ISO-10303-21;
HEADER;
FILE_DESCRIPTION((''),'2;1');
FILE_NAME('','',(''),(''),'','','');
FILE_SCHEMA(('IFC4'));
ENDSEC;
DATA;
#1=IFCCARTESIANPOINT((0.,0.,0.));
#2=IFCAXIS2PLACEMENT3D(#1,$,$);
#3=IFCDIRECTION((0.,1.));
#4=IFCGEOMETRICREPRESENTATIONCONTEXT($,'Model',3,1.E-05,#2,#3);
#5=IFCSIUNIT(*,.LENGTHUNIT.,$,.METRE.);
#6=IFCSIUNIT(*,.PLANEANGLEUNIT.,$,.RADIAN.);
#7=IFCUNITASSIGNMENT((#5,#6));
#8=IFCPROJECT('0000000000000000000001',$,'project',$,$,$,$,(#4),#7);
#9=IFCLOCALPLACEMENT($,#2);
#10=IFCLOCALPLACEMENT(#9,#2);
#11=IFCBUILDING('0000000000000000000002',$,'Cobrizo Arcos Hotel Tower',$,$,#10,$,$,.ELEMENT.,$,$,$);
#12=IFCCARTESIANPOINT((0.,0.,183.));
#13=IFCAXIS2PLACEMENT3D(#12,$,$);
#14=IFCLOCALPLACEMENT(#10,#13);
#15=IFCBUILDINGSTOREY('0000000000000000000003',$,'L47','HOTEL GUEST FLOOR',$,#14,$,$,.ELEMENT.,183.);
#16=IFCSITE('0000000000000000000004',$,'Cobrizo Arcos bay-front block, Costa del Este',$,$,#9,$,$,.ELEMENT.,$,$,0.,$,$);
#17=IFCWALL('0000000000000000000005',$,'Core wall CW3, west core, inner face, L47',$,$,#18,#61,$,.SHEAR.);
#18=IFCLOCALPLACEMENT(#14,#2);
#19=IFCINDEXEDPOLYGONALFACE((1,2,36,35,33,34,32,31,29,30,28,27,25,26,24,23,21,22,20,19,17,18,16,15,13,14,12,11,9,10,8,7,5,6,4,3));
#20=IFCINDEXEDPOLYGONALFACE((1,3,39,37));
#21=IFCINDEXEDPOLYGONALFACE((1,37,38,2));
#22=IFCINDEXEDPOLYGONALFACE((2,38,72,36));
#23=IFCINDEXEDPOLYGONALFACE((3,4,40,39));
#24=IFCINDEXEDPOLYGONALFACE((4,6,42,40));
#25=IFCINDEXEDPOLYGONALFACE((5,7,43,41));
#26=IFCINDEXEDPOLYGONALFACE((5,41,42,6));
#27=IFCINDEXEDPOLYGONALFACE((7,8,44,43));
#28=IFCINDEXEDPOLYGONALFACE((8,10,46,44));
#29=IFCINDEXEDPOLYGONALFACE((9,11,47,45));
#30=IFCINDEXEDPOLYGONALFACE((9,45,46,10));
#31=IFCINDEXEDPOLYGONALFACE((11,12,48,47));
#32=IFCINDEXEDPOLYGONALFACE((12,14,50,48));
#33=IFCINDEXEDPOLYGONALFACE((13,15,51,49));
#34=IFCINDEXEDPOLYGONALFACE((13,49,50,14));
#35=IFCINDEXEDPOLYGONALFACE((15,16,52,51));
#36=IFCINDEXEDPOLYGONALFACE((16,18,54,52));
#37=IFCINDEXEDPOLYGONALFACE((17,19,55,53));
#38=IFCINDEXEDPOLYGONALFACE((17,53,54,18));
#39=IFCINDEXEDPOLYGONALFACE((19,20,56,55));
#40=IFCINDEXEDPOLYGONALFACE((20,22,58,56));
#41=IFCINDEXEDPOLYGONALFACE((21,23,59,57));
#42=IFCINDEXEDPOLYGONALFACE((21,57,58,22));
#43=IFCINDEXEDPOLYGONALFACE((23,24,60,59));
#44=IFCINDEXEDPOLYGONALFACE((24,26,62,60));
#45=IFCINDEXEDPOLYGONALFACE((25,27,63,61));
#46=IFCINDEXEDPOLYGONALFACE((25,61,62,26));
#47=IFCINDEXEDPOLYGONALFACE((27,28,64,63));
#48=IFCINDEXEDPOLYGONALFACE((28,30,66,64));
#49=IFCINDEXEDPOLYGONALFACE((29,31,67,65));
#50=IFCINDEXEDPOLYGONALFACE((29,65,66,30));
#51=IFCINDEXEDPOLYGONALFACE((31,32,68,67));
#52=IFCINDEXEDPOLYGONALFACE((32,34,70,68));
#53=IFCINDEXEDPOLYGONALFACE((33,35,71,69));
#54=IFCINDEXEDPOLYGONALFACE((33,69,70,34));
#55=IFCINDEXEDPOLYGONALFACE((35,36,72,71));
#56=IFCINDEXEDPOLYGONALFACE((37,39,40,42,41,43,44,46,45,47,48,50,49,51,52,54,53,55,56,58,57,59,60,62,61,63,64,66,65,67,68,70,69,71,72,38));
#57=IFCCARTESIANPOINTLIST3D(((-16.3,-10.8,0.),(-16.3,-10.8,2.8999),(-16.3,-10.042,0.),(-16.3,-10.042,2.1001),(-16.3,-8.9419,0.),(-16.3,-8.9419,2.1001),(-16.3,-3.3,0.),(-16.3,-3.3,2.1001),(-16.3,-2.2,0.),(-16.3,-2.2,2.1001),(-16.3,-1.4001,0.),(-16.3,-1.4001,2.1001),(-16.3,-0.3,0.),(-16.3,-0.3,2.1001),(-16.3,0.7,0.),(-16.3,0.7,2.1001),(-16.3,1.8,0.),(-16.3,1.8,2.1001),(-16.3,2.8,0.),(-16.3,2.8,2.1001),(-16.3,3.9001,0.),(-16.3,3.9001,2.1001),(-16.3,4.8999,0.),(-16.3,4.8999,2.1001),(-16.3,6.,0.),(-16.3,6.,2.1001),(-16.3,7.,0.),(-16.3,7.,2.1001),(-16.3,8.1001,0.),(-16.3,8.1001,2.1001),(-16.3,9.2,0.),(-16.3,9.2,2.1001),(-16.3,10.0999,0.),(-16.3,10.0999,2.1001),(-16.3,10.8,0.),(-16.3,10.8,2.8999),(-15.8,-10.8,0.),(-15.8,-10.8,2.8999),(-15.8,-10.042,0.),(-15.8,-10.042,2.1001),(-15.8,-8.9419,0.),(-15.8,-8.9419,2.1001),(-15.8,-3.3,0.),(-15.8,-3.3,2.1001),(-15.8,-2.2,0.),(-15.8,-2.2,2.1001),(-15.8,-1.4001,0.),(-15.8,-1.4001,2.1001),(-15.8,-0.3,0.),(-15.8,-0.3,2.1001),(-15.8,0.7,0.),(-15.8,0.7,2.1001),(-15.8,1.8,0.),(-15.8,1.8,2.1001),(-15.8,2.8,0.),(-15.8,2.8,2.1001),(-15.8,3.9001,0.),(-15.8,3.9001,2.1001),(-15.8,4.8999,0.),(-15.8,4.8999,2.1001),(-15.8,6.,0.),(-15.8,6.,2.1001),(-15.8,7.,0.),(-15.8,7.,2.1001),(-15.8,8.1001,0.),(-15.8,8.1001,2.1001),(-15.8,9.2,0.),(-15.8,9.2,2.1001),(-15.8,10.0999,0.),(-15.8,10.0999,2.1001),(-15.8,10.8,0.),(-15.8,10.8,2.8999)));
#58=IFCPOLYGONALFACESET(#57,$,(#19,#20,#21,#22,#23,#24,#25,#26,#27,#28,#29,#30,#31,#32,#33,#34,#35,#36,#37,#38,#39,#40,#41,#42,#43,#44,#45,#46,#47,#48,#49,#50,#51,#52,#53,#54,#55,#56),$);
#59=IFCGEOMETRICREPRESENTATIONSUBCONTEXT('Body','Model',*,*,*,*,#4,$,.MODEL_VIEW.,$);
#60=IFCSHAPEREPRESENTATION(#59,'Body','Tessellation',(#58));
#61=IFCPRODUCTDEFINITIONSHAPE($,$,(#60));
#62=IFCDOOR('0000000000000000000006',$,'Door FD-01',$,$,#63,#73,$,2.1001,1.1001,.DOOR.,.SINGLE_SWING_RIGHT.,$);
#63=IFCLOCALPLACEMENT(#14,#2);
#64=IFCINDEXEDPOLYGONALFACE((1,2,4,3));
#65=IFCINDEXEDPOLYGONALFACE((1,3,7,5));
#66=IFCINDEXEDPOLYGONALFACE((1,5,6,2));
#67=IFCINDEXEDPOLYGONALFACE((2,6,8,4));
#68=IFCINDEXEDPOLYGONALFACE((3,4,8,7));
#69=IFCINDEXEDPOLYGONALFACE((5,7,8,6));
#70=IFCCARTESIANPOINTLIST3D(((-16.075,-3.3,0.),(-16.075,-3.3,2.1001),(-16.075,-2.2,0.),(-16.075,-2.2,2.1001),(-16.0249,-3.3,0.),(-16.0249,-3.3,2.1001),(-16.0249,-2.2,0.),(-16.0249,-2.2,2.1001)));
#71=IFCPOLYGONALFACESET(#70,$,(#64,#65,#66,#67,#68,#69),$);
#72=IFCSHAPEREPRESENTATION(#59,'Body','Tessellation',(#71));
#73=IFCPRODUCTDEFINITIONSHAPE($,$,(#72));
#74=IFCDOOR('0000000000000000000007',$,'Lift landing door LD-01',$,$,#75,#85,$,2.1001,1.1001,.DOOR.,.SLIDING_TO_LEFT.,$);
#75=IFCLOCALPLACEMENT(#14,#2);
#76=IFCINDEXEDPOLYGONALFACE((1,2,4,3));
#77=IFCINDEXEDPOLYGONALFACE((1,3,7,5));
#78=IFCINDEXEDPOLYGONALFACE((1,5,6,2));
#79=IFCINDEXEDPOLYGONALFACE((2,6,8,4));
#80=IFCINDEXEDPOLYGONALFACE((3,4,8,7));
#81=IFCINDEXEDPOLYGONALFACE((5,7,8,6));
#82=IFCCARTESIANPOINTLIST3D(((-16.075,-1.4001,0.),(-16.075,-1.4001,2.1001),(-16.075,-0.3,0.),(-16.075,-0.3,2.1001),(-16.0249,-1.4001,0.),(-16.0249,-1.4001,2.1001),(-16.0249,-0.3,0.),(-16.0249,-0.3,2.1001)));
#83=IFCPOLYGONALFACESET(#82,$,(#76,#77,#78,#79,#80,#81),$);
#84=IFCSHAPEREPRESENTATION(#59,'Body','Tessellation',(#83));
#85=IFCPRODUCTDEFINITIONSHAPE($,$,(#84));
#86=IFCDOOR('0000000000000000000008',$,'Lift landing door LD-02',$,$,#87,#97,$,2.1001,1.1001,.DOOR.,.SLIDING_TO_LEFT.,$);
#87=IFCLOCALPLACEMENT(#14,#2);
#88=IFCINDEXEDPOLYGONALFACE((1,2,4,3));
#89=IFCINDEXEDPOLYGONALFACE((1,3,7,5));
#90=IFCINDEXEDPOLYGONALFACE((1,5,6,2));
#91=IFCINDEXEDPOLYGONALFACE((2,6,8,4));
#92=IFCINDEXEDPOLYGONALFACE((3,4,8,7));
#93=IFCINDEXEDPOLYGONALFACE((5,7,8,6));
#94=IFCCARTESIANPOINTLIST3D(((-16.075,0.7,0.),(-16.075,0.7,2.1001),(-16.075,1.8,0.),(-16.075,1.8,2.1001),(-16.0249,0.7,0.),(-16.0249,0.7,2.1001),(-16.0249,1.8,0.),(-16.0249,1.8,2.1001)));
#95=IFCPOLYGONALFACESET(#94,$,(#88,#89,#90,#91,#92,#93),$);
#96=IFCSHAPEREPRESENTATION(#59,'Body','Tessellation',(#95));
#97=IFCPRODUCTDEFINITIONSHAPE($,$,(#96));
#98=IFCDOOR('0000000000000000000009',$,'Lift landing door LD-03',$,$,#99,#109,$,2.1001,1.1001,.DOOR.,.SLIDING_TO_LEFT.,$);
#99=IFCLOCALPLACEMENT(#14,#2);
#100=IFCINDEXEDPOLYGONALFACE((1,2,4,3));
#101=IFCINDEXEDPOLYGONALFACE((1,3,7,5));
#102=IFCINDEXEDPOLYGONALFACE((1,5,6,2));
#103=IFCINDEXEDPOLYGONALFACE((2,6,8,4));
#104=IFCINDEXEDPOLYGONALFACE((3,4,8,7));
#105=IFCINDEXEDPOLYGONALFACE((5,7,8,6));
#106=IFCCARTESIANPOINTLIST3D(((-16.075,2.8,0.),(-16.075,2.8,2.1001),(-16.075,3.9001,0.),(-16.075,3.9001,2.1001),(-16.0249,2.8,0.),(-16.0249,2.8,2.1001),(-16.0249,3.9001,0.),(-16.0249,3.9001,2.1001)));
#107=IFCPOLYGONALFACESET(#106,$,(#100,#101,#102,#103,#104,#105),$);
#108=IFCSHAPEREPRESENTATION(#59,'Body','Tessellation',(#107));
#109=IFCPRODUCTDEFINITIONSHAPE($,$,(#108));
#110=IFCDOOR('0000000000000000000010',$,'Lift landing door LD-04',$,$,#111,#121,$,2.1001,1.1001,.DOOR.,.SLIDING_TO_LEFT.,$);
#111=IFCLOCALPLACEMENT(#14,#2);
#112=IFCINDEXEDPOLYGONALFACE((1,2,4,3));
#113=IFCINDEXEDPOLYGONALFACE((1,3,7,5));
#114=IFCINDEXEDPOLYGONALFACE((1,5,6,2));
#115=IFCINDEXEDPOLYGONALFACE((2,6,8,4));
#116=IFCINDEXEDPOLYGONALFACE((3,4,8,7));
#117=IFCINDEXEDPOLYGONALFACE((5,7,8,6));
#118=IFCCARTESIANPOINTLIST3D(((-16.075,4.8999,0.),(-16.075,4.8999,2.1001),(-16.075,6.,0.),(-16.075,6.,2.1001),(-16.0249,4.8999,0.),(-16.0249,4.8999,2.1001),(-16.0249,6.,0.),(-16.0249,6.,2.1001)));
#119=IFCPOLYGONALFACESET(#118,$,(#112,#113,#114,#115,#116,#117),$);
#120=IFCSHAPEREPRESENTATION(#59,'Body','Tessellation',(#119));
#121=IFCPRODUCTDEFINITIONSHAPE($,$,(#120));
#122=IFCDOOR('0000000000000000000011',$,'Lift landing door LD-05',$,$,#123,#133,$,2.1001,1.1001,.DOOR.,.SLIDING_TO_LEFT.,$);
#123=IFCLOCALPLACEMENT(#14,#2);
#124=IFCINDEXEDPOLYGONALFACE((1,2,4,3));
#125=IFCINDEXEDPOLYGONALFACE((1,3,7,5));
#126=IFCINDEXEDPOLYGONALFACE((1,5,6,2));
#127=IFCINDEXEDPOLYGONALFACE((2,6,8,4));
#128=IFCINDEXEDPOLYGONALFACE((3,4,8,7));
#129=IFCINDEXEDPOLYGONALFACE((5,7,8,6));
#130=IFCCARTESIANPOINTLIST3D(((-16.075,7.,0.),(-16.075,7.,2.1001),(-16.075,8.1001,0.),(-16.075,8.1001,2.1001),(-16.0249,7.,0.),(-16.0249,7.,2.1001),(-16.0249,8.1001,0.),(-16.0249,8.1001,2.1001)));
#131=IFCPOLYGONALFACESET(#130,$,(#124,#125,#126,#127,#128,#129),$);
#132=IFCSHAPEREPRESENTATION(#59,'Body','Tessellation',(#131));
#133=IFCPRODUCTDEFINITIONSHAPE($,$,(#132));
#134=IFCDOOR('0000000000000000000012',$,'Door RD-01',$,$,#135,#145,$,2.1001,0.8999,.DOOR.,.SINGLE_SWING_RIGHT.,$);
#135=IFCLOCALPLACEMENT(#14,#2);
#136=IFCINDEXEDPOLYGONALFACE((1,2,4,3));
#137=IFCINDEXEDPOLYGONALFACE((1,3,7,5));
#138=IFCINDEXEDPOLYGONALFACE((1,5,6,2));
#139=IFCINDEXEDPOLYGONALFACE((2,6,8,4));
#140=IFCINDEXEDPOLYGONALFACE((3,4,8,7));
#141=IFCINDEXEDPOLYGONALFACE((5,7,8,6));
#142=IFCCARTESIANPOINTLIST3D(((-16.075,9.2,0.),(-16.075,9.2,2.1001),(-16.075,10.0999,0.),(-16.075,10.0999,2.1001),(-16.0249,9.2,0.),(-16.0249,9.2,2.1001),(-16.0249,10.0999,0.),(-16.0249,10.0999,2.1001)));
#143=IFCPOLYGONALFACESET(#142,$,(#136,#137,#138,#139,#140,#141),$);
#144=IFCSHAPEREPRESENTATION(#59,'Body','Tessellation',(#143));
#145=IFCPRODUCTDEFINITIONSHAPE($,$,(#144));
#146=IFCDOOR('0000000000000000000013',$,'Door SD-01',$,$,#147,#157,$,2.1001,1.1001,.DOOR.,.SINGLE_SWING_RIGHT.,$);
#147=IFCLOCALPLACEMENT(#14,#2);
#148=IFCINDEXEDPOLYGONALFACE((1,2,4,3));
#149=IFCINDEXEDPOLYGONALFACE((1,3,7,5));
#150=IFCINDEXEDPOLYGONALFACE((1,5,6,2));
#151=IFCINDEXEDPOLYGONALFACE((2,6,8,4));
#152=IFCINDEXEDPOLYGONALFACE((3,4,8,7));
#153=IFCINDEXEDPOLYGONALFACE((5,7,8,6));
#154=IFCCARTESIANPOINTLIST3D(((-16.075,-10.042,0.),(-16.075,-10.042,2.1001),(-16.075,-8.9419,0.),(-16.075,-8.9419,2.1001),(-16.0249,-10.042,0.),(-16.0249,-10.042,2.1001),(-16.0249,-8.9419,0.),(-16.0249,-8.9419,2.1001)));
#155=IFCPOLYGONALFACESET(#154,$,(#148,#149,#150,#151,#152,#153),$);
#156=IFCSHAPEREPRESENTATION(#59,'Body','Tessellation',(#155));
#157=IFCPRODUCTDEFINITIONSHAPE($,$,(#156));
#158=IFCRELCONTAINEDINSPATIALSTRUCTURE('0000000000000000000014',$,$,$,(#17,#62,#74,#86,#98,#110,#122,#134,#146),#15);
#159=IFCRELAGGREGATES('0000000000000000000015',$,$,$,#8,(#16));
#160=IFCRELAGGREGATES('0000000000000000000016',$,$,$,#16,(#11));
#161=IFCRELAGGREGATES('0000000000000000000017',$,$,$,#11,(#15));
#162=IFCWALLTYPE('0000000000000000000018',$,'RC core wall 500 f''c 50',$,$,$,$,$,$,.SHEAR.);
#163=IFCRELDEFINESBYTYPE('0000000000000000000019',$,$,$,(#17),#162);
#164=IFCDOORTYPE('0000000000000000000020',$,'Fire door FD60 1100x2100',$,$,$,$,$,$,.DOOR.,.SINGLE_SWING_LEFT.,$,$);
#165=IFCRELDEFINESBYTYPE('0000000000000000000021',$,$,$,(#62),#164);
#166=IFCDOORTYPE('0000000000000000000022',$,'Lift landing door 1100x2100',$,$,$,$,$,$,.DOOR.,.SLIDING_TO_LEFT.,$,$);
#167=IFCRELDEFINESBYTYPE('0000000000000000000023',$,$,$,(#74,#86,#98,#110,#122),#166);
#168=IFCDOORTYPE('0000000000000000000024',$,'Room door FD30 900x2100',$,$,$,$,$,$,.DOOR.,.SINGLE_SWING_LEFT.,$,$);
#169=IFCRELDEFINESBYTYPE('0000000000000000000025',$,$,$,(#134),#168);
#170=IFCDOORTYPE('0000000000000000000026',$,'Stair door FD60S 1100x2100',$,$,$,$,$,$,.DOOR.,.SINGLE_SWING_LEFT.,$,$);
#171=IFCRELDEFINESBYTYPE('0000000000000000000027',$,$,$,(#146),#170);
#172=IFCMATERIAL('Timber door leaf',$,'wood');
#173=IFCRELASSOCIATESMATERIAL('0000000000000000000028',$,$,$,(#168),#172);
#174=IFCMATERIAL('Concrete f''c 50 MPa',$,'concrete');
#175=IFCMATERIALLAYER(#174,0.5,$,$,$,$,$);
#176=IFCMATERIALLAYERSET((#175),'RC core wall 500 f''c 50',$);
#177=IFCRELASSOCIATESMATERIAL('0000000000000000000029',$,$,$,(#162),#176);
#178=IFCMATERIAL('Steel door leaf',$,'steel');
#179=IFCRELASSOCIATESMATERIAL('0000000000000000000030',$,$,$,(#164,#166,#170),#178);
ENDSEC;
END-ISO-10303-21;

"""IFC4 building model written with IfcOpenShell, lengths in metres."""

from ifc_helpers import new_model, si_unit, direction, frame, frame_2d, origin, place, context, subcontext, project, spatial, rectangle, extrude, material, layer, layer_set, type_object, element, fill, save


model = new_model("IFC4")

# Units and contexts
model_context = context("Model", 3, precision=1e-05, world=origin(), true_north=direction((0.0, 1.0)))
body_context = subcontext(model_context, "Body", "Model", "MODEL_VIEW")
ifc_project = project(units=[si_unit("LENGTHUNIT", "METRE"), si_unit("PLANEANGLEUNIT", "RADIAN")], contexts=[model_context])

# Site, building, storey
site_placement = place(None, origin())
site = spatial("IfcSite", under=ifc_project, at=site_placement, Name="Cobrizo Arcos bay-front block, Costa del Este", CompositionType="ELEMENT", RefElevation=0.0)
building_placement = place(site_placement, origin())
building = spatial("IfcBuilding", under=site, at=building_placement, Name="Cobrizo Arcos Hotel Tower", CompositionType="ELEMENT")
storey_placement = place(building_placement, frame((0.0, 0.0, 183.0)))
storey = spatial("IfcBuildingStorey", under=building, at=storey_placement, Name="L47", Description="HOTEL GUEST FLOOR", CompositionType="ELEMENT", Elevation=183.0)

# Shared definitions
ifc_material_1 = material(Name="Timber door leaf", Category="wood")
door_type_1 = type_object("IfcDoorType", Name="Room door FD30 900x2100", OperationType="SINGLE_SWING_LEFT", PredefinedType="DOOR", material=ifc_material_1)

# Wall, openings, doors
ifc_material_2 = material(Name="Concrete f'c 50 MPa", Category="concrete")
ifc_layer_1 = layer(ifc_material_2, 0.5)
ifc_layer_set_1 = layer_set([ifc_layer_1], Name="RC core wall 500 f'c 50")
wall_type_1 = type_object("IfcWallType", Name="RC core wall 500 f'c 50", PredefinedType="SHEAR", material=ifc_layer_set_1)
wall_1_placement = place(storey_placement, frame((-16.05, -10.8, 0.0), z_axis=(0.0, 0.0, 1.0), x_axis=(0.0, 1.0, 0.0)))
wall_1 = element("IfcWall", 1, at=wall_1_placement, inside=storey, type_object=wall_type_1, Name="Core wall CW3, west core, inner face, L47", PredefinedType="SHEAR", context=body_context, shape_type="SweptSolid", body=[
    extrude(rectangle(XDim=21.6001, YDim=0.5, at=frame_2d((10.8, 0.0))), origin(), (0.0, 0.0, 1.0), 2.8999),
])
opening_1_placement = place(wall_1_placement, frame((9.3999, 0.0, 0.0)))
opening_1 = element("IfcOpeningElement", 2, at=opening_1_placement, cuts=wall_1, PredefinedType="OPENING", context=body_context, shape_type="SweptSolid", body=[
    extrude(rectangle(XDim=1.1001, YDim=2.1001, at=frame_2d((0.55, 1.05))), frame((0.0, 0.262, 0.0), z_axis=(0.0, -1.0, 0.0), x_axis=(1.0, 0.0, 0.0)), (0.0, 0.0, 1.0), 0.5239),
])
opening_2_placement = place(wall_1_placement, frame((11.5, 0.0, 0.0)))
opening_2 = element("IfcOpeningElement", 3, at=opening_2_placement, cuts=wall_1, PredefinedType="OPENING", context=body_context, shape_type="SweptSolid", body=[
    extrude(rectangle(XDim=1.1001, YDim=2.1001, at=frame_2d((0.55, 1.05))), frame((0.0, 0.262, 0.0), z_axis=(0.0, -1.0, 0.0), x_axis=(1.0, 0.0, 0.0)), (0.0, 0.0, 1.0), 0.5239),
])
opening_3_placement = place(wall_1_placement, frame((13.6001, 0.0, 0.0)))
opening_3 = element("IfcOpeningElement", 4, at=opening_3_placement, cuts=wall_1, PredefinedType="OPENING", context=body_context, shape_type="SweptSolid", body=[
    extrude(rectangle(XDim=1.1001, YDim=2.1001, at=frame_2d((0.55, 1.05))), frame((0.0, 0.262, 0.0), z_axis=(0.0, -1.0, 0.0), x_axis=(1.0, 0.0, 0.0)), (0.0, 0.0, 1.0), 0.5239),
])
opening_4_placement = place(wall_1_placement, frame((15.7, 0.0, 0.0)))
opening_4 = element("IfcOpeningElement", 5, at=opening_4_placement, cuts=wall_1, PredefinedType="OPENING", context=body_context, shape_type="SweptSolid", body=[
    extrude(rectangle(XDim=1.1001, YDim=2.1001, at=frame_2d((0.55, 1.05))), frame((0.0, 0.262, 0.0), z_axis=(0.0, -1.0, 0.0), x_axis=(1.0, 0.0, 0.0)), (0.0, 0.0, 1.0), 0.5239),
])
opening_5_placement = place(wall_1_placement, frame((17.8, 0.0, 0.0)))
opening_5 = element("IfcOpeningElement", 6, at=opening_5_placement, cuts=wall_1, PredefinedType="OPENING", context=body_context, shape_type="SweptSolid", body=[
    extrude(rectangle(XDim=1.1001, YDim=2.1001, at=frame_2d((0.55, 1.05))), frame((0.0, 0.262, 0.0), z_axis=(0.0, -1.0, 0.0), x_axis=(1.0, 0.0, 0.0)), (0.0, 0.0, 1.0), 0.5239),
])
opening_6_placement = place(wall_1_placement, frame((0.7581, 0.0, 0.0)))
opening_6 = element("IfcOpeningElement", 7, at=opening_6_placement, cuts=wall_1, PredefinedType="OPENING", context=body_context, shape_type="SweptSolid", body=[
    extrude(rectangle(XDim=1.1001, YDim=2.1001, at=frame_2d((0.55, 1.05))), frame((0.0, 0.262, 0.0), z_axis=(0.0, -1.0, 0.0), x_axis=(1.0, 0.0, 0.0)), (0.0, 0.0, 1.0), 0.5239),
])
opening_7_placement = place(wall_1_placement, frame((7.5, 0.0, 0.0)))
opening_7 = element("IfcOpeningElement", 8, at=opening_7_placement, cuts=wall_1, PredefinedType="OPENING", context=body_context, shape_type="SweptSolid", body=[
    extrude(rectangle(XDim=1.1001, YDim=2.1001, at=frame_2d((0.55, 1.05))), frame((0.0, 0.262, 0.0), z_axis=(0.0, -1.0, 0.0), x_axis=(1.0, 0.0, 0.0)), (0.0, 0.0, 1.0), 0.5239),
])
opening_8_placement = place(wall_1_placement, frame((20.0, 0.0, 0.0)))
opening_8 = element("IfcOpeningElement", 9, at=opening_8_placement, cuts=wall_1, PredefinedType="OPENING", context=body_context, shape_type="SweptSolid", body=[
    extrude(rectangle(XDim=0.8999, YDim=2.1001, at=frame_2d((0.45, 1.05))), frame((0.0, 0.262, 0.0), z_axis=(0.0, -1.0, 0.0), x_axis=(1.0, 0.0, 0.0)), (0.0, 0.0, 1.0), 0.5239),
])
ifc_material_3 = material(Name="Steel door leaf", Category="steel")
door_type_2 = type_object("IfcDoorType", Name="Fire door FD60 1100x2100", OperationType="SINGLE_SWING_LEFT", PredefinedType="DOOR", material=ifc_material_3)
door_1_placement = place(opening_7_placement, origin())
door_1 = element("IfcDoor", 10, at=door_1_placement, inside=storey, type_object=door_type_2, Name="Door FD-01", OperationType="SINGLE_SWING_RIGHT", OverallHeight=2.1001, OverallWidth=1.1001, PredefinedType="DOOR", context=body_context, shape_type="SweptSolid", body=[
    extrude(rectangle(XDim=1.1001, YDim=2.1001, at=frame_2d((0.55, 1.05))), frame((0.0, 0.0249, 0.0), z_axis=(0.0, -1.0, 0.0), x_axis=(1.0, 0.0, 0.0)), (0.0, 0.0, 1.0), 0.05),
])
fill(opening_7, door_1)
door_type_3 = type_object("IfcDoorType", Name="Lift landing door 1100x2100", OperationType="SLIDING_TO_LEFT", PredefinedType="DOOR", material=ifc_material_3)
door_2_placement = place(opening_1_placement, origin())
door_2 = element("IfcDoor", 11, at=door_2_placement, inside=storey, type_object=door_type_3, Name="Lift landing door LD-01", OperationType="SLIDING_TO_LEFT", OverallHeight=2.1001, OverallWidth=1.1001, PredefinedType="DOOR", context=body_context, shape_type="SweptSolid", body=[
    extrude(rectangle(XDim=1.1001, YDim=2.1001, at=frame_2d((0.55, 1.05))), frame((0.0, 0.0249, 0.0), z_axis=(0.0, -1.0, 0.0), x_axis=(1.0, 0.0, 0.0)), (0.0, 0.0, 1.0), 0.05),
])
fill(opening_1, door_2)
door_3_placement = place(opening_2_placement, origin())
door_3 = element("IfcDoor", 12, at=door_3_placement, inside=storey, type_object=door_type_3, Name="Lift landing door LD-02", OperationType="SLIDING_TO_LEFT", OverallHeight=2.1001, OverallWidth=1.1001, PredefinedType="DOOR", context=body_context, shape_type="SweptSolid", body=[
    extrude(rectangle(XDim=1.1001, YDim=2.1001, at=frame_2d((0.55, 1.05))), frame((0.0, 0.0249, 0.0), z_axis=(0.0, -1.0, 0.0), x_axis=(1.0, 0.0, 0.0)), (0.0, 0.0, 1.0), 0.05),
])
fill(opening_2, door_3)
door_4_placement = place(opening_3_placement, origin())
door_4 = element("IfcDoor", 13, at=door_4_placement, inside=storey, type_object=door_type_3, Name="Lift landing door LD-03", OperationType="SLIDING_TO_LEFT", OverallHeight=2.1001, OverallWidth=1.1001, PredefinedType="DOOR", context=body_context, shape_type="SweptSolid", body=[
    extrude(rectangle(XDim=1.1001, YDim=2.1001, at=frame_2d((0.55, 1.05))), frame((0.0, 0.0249, 0.0), z_axis=(0.0, -1.0, 0.0), x_axis=(1.0, 0.0, 0.0)), (0.0, 0.0, 1.0), 0.05),
])
fill(opening_3, door_4)
door_5_placement = place(opening_4_placement, origin())
door_5 = element("IfcDoor", 14, at=door_5_placement, inside=storey, type_object=door_type_3, Name="Lift landing door LD-04", OperationType="SLIDING_TO_LEFT", OverallHeight=2.1001, OverallWidth=1.1001, PredefinedType="DOOR", context=body_context, shape_type="SweptSolid", body=[
    extrude(rectangle(XDim=1.1001, YDim=2.1001, at=frame_2d((0.55, 1.05))), frame((0.0, 0.0249, 0.0), z_axis=(0.0, -1.0, 0.0), x_axis=(1.0, 0.0, 0.0)), (0.0, 0.0, 1.0), 0.05),
])
fill(opening_4, door_5)
door_6_placement = place(opening_5_placement, origin())
door_6 = element("IfcDoor", 15, at=door_6_placement, inside=storey, type_object=door_type_3, Name="Lift landing door LD-05", OperationType="SLIDING_TO_LEFT", OverallHeight=2.1001, OverallWidth=1.1001, PredefinedType="DOOR", context=body_context, shape_type="SweptSolid", body=[
    extrude(rectangle(XDim=1.1001, YDim=2.1001, at=frame_2d((0.55, 1.05))), frame((0.0, 0.0249, 0.0), z_axis=(0.0, -1.0, 0.0), x_axis=(1.0, 0.0, 0.0)), (0.0, 0.0, 1.0), 0.05),
])
fill(opening_5, door_6)
door_7_placement = place(opening_8_placement, origin())
door_7 = element("IfcDoor", 16, at=door_7_placement, inside=storey, type_object=door_type_1, Name="Door RD-01", OperationType="SINGLE_SWING_RIGHT", OverallHeight=2.1001, OverallWidth=0.8999, PredefinedType="DOOR", context=body_context, shape_type="SweptSolid", body=[
    extrude(rectangle(XDim=0.8999, YDim=2.1001, at=frame_2d((0.45, 1.05))), frame((0.0, 0.0249, 0.0), z_axis=(0.0, -1.0, 0.0), x_axis=(1.0, 0.0, 0.0)), (0.0, 0.0, 1.0), 0.05),
])
fill(opening_8, door_7)
door_type_4 = type_object("IfcDoorType", Name="Stair door FD60S 1100x2100", OperationType="SINGLE_SWING_LEFT", PredefinedType="DOOR", material=ifc_material_3)
door_8_placement = place(opening_6_placement, origin())
door_8 = element("IfcDoor", 17, at=door_8_placement, inside=storey, type_object=door_type_4, Name="Door SD-01", OperationType="SINGLE_SWING_RIGHT", OverallHeight=2.1001, OverallWidth=1.1001, PredefinedType="DOOR", context=body_context, shape_type="SweptSolid", body=[
    extrude(rectangle(XDim=1.1001, YDim=2.1001, at=frame_2d((0.55, 1.05))), frame((0.0, 0.0249, 0.0), z_axis=(0.0, -1.0, 0.0), x_axis=(1.0, 0.0, 0.0)), (0.0, 0.0, 1.0), 0.05),
])
fill(opening_6, door_8)

save(model, "model.ifc")
